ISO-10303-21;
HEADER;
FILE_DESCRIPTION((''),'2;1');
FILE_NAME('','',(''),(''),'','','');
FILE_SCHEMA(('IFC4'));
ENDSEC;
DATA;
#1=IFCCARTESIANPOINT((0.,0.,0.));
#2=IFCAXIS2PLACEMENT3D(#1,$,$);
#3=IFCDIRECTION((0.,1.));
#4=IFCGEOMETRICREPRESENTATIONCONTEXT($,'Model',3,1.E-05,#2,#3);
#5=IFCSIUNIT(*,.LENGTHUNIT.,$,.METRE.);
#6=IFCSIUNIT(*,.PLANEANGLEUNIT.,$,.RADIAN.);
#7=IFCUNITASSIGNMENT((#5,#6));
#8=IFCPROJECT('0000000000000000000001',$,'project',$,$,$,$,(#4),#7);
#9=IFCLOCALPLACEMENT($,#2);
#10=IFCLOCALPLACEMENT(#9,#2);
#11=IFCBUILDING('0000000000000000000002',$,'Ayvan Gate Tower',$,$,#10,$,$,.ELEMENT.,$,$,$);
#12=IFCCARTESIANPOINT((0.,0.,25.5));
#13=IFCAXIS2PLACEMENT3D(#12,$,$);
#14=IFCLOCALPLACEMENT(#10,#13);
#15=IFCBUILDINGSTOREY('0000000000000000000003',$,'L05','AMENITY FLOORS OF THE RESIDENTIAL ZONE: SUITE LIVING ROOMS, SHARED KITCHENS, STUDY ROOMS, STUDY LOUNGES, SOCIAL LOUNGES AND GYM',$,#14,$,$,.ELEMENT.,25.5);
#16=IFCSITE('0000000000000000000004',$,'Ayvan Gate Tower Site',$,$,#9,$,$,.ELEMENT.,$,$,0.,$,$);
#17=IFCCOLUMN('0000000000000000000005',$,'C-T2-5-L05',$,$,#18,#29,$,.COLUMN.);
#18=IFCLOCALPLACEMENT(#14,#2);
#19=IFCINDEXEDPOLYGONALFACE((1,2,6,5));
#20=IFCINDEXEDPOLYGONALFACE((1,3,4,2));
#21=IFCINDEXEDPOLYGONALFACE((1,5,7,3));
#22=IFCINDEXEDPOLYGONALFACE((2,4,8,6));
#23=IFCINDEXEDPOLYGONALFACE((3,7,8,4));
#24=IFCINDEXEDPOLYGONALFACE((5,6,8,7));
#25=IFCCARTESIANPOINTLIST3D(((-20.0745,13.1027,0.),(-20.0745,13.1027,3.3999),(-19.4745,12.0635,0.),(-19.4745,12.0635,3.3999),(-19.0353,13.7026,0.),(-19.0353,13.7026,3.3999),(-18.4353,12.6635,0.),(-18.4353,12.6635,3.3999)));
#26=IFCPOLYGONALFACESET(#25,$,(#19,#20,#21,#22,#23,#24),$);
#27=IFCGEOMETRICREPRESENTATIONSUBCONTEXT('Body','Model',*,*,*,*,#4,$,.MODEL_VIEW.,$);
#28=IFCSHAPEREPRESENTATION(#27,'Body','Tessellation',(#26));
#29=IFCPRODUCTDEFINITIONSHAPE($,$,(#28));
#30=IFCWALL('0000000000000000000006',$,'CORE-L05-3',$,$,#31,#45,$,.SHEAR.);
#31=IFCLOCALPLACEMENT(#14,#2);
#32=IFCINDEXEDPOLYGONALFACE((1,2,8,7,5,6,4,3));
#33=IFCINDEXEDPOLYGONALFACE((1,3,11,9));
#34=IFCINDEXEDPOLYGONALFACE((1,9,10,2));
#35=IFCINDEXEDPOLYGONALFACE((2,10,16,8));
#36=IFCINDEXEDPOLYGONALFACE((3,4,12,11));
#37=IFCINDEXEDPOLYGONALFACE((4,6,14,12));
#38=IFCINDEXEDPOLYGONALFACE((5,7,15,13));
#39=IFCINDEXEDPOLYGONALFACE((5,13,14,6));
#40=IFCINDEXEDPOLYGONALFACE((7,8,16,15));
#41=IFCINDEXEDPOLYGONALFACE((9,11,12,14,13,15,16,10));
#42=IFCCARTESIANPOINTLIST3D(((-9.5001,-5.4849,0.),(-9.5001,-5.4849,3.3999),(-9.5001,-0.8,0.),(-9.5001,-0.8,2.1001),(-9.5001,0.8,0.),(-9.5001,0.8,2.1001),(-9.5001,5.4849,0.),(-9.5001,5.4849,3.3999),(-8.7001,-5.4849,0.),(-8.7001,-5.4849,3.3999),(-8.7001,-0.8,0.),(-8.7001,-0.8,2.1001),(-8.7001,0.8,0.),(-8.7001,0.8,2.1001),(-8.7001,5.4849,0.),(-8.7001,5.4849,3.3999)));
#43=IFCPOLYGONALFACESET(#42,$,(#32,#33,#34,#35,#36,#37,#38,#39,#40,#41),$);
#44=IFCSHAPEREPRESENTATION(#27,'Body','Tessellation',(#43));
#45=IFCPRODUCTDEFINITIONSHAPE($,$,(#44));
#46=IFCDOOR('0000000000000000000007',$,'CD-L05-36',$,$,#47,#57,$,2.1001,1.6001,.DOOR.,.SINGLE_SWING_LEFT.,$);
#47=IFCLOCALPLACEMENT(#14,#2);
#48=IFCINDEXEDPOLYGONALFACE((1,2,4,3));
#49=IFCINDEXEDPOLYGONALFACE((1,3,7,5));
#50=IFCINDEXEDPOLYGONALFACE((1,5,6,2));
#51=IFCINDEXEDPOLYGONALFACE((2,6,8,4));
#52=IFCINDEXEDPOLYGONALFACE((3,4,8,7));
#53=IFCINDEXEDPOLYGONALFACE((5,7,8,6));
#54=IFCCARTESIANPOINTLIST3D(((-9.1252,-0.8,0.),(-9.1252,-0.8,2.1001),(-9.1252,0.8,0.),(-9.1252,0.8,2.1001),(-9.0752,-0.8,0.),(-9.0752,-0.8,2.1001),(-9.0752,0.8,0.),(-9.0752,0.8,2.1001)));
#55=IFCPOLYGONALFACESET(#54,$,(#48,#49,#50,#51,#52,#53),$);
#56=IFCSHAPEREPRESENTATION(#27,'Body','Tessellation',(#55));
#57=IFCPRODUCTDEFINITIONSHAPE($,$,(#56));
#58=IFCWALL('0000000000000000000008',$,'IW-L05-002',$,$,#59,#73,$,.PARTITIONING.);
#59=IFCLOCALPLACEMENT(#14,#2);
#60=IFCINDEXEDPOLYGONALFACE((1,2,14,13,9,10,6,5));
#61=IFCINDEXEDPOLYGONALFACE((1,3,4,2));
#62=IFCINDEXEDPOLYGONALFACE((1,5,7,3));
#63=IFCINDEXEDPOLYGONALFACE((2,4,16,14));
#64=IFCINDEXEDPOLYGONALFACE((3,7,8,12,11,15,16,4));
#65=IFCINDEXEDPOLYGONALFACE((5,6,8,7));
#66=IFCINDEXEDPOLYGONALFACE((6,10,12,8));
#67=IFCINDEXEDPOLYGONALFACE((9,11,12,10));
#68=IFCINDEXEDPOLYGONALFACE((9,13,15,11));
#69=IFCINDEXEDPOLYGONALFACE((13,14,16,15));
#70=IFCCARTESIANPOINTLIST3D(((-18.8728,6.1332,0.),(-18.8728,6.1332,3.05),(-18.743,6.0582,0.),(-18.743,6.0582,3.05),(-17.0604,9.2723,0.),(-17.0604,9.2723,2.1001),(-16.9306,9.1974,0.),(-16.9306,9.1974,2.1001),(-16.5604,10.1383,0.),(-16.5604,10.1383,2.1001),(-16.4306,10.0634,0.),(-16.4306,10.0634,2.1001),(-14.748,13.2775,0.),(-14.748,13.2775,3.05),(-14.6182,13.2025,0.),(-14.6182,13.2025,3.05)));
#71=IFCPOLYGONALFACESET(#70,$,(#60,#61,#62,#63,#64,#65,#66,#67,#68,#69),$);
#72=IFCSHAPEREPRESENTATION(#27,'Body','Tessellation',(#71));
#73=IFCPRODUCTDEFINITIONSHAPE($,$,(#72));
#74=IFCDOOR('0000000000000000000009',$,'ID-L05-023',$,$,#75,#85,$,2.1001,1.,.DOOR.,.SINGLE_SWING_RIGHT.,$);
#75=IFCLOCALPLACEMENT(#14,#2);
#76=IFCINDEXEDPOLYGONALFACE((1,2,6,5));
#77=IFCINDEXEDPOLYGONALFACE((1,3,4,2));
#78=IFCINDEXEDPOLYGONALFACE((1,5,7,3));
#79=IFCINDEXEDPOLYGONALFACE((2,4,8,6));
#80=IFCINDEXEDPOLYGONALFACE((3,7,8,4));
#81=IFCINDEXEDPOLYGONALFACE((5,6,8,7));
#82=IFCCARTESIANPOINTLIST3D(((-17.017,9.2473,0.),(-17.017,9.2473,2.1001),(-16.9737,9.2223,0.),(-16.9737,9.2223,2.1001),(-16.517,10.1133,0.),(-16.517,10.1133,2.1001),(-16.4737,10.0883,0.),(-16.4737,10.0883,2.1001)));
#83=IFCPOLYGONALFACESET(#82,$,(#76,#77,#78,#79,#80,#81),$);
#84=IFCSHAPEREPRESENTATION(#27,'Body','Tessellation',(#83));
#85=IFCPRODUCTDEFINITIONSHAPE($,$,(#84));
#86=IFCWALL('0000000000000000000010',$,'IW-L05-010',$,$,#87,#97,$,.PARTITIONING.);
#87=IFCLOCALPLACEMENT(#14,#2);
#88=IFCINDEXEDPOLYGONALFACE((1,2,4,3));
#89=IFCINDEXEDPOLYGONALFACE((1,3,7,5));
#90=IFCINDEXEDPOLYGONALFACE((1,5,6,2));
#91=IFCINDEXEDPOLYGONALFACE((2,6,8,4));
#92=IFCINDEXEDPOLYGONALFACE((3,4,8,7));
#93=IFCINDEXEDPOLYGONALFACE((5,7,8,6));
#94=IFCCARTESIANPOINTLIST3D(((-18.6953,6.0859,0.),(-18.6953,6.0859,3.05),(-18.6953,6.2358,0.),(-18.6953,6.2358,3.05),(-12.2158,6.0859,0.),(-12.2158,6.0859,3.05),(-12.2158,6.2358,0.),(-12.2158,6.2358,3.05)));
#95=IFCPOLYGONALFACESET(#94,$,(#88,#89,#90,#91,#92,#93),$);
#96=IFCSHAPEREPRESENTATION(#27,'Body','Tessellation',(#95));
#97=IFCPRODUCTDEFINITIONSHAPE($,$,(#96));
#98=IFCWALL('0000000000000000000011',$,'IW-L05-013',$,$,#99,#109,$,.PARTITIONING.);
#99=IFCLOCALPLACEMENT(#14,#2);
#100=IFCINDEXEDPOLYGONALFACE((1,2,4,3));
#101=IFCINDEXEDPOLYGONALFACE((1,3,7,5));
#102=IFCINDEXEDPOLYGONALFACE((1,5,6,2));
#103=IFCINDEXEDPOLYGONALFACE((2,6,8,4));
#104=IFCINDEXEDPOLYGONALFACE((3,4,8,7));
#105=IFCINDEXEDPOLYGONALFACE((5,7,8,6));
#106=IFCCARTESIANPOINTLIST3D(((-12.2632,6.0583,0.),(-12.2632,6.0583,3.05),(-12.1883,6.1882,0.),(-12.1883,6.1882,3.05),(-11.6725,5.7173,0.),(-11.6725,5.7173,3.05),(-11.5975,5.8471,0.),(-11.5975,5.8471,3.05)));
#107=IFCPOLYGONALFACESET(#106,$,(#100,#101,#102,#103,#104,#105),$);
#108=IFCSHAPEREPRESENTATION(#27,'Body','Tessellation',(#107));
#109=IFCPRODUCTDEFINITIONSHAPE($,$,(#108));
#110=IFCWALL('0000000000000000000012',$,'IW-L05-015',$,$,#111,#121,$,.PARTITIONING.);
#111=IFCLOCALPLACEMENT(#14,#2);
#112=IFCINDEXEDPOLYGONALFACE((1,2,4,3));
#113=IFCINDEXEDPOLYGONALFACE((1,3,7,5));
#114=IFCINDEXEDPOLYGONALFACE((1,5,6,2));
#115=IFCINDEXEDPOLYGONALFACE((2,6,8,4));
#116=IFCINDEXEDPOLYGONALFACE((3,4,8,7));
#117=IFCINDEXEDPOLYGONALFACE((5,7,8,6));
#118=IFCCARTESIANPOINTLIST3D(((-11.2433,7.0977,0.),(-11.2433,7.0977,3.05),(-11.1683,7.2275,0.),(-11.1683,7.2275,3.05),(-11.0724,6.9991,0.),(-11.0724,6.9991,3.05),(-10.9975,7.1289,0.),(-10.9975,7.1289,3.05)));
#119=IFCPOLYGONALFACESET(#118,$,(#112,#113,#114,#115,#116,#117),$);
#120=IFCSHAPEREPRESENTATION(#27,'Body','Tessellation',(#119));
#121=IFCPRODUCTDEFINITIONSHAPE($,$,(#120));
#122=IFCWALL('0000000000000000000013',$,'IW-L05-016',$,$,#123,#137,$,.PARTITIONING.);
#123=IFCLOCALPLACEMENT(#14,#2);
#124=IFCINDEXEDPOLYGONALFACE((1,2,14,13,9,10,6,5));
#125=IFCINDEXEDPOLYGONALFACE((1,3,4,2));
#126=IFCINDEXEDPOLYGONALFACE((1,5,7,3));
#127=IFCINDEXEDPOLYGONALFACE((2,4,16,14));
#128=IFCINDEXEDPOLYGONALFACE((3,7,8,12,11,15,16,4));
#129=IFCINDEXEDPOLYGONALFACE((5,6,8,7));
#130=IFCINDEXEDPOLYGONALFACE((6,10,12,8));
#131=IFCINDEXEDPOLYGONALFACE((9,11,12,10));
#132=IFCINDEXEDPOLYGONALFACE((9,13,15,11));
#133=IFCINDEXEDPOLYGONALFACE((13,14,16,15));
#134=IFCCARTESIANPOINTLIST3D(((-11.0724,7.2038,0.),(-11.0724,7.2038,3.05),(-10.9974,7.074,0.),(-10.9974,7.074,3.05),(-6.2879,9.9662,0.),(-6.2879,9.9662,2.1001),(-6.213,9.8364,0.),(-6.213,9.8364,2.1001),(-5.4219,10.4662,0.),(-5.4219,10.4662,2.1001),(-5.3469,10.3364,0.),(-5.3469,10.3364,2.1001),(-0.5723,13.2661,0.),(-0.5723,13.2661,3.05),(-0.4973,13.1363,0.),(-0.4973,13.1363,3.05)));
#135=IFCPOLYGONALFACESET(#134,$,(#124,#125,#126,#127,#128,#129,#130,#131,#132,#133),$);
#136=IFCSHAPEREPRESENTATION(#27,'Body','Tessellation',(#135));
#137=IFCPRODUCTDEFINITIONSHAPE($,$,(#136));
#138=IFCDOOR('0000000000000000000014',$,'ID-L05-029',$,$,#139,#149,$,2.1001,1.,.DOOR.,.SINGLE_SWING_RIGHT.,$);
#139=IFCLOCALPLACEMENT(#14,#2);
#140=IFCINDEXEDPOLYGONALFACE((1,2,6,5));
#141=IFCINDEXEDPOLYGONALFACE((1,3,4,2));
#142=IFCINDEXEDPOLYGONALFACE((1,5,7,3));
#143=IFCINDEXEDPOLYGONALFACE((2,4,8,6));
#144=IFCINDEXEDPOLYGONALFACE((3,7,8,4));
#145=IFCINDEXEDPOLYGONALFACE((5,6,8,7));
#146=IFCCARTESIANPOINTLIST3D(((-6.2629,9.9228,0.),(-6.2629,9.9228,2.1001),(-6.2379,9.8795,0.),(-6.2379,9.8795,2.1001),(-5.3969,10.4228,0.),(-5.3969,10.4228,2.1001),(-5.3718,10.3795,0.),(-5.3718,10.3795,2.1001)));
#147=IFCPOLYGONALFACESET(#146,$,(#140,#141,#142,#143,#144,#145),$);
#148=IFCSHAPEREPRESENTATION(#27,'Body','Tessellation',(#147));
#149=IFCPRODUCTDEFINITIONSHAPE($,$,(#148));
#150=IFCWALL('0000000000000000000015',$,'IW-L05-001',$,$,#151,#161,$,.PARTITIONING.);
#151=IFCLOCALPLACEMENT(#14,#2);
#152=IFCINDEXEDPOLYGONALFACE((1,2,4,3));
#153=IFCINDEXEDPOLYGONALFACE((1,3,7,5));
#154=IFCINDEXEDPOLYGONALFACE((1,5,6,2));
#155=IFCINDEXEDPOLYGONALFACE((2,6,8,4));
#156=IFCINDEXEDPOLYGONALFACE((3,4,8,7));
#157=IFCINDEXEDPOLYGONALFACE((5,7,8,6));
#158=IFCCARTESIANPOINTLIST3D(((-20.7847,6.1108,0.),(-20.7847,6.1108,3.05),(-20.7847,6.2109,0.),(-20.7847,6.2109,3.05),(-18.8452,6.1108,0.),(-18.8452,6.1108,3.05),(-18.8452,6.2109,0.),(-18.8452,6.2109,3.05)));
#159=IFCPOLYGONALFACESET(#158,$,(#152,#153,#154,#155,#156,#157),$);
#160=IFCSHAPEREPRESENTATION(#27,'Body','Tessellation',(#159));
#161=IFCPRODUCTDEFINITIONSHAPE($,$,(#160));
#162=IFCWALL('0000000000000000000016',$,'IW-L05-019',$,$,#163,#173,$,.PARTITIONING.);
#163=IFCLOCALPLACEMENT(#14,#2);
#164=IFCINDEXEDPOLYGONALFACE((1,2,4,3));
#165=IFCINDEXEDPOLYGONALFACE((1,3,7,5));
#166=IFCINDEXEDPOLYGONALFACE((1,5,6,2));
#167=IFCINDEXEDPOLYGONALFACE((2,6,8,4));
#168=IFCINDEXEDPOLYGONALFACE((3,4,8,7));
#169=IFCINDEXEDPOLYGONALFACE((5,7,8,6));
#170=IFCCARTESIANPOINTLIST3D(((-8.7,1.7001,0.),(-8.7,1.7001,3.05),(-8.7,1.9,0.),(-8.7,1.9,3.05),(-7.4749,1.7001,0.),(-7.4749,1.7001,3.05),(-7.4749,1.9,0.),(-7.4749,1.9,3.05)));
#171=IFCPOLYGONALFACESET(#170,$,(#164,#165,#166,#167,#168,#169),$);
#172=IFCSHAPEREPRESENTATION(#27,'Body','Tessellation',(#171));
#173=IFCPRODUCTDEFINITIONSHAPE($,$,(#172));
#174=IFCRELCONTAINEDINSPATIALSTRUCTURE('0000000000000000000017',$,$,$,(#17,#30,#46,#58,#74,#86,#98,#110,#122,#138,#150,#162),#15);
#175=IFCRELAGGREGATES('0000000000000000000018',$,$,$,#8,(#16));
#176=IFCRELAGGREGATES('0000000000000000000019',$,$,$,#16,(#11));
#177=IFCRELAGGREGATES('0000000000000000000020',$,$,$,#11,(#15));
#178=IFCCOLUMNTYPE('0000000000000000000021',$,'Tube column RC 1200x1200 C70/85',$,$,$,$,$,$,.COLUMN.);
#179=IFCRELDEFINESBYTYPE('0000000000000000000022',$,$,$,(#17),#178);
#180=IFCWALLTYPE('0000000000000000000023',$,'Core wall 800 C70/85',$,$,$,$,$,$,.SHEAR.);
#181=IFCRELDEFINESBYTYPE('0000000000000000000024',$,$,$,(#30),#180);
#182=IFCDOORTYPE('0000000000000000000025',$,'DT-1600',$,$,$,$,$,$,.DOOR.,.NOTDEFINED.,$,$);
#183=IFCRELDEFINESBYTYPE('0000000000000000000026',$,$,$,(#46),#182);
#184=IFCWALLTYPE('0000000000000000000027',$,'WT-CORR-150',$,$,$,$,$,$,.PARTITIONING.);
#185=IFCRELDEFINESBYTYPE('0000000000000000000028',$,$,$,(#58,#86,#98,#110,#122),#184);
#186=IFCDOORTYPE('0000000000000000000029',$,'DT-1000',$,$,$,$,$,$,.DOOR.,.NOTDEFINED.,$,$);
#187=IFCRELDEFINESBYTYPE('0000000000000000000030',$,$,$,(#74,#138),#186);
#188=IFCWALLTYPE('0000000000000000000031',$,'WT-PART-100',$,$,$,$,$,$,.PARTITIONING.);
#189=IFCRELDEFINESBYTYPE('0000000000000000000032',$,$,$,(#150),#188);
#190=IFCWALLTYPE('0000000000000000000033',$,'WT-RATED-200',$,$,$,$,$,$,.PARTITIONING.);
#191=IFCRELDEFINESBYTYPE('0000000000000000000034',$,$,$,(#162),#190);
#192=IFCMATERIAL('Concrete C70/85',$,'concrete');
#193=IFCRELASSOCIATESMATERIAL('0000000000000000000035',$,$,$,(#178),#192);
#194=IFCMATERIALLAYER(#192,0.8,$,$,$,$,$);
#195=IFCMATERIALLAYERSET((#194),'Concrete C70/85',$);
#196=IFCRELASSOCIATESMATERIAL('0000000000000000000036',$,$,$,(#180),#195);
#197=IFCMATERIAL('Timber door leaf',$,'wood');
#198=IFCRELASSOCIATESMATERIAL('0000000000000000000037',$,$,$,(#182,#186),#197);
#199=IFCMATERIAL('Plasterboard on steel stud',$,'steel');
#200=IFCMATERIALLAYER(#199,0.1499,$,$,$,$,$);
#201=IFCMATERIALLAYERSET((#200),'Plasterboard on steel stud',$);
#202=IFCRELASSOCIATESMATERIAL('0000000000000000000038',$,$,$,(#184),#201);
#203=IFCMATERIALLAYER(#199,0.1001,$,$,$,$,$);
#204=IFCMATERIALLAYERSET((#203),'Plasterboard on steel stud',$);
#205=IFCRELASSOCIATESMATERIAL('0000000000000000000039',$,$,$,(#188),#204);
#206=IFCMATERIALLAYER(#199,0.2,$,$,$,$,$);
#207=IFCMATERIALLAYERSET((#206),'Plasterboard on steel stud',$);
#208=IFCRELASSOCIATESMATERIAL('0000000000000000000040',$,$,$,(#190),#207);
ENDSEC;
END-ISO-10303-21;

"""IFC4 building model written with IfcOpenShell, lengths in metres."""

from ifc_helpers import new_model, si_unit, direction, frame, frame_2d, origin, origin_2d, place, context, subcontext, project, spatial, rectangle, extrude, material, layer, layer_set, material_profile, profile_set, type_object, element, fill, save


model = new_model("IFC4")

# Units and contexts
model_context = context("Model", 3, precision=1e-05, world=origin(), true_north=direction((0.0, 1.0)))
body_context = subcontext(model_context, "Body", "Model", "MODEL_VIEW")
ifc_project = project(units=[si_unit("LENGTHUNIT", "METRE"), si_unit("PLANEANGLEUNIT", "RADIAN")], contexts=[model_context])

# Site, building, storey
site_placement = place(None, origin())
site = spatial("IfcSite", under=ifc_project, at=site_placement, Name="Ayvan Gate Tower Site", CompositionType="ELEMENT", RefElevation=0.0)
building_placement = place(site_placement, origin())
building = spatial("IfcBuilding", under=site, at=building_placement, Name="Ayvan Gate Tower", CompositionType="ELEMENT")
storey_placement = place(building_placement, frame((0.0, 0.0, 25.5)))
storey = spatial("IfcBuildingStorey", under=building, at=storey_placement, Name="L05", Description="AMENITY FLOORS OF THE RESIDENTIAL ZONE: SUITE LIVING ROOMS, SHARED KITCHENS, STUDY ROOMS, STUDY LOUNGES, SOCIAL LOUNGES AND GYM", CompositionType="ELEMENT", Elevation=25.5)

# Column
ifc_material_1 = material(Name="Concrete C70/85", Category="concrete")
ifc_material_profile = material_profile(ifc_material_1, rectangle(XDim=1.2, YDim=1.2, at=origin_2d()), Name="RC 1200x1200")
ifc_profile_set = profile_set([ifc_material_profile], Name="Concrete C70/85")
column_type = type_object("IfcColumnType", Name="Tube column RC 1200x1200 C70/85", PredefinedType="COLUMN", material=ifc_profile_set)
column_placement = place(storey_placement, frame((-19.2549, 12.8831, 0.0), z_axis=(0.0, 0.0, 1.0), x_axis=(-0.5, 0.866025, 0.0)))
element("IfcColumn", 1, at=column_placement, inside=storey, type_object=column_type, Name="C-T2-5-L05", PredefinedType="COLUMN", context=body_context, shape_type="SweptSolid", body=[
    extrude(rectangle(XDim=1.2, YDim=1.2, at=origin_2d()), origin(), (0.0, 0.0, 1.0), 3.3999),
])

# Walls, openings, doors
ifc_layer_1 = layer(ifc_material_1, 0.8)
ifc_layer_set_1 = layer_set([ifc_layer_1], Name="Concrete C70/85")
wall_type_1 = type_object("IfcWallType", Name="Core wall 800 C70/85", PredefinedType="SHEAR", material=ifc_layer_set_1)
wall_1_placement = place(storey_placement, frame((-9.1001, 5.4849, 0.0), z_axis=(0.0, 0.0, 1.0), x_axis=(0.0, -1.0, 0.0)))
wall_1 = element("IfcWall", 2, at=wall_1_placement, inside=storey, type_object=wall_type_1, Name="CORE-L05-3", PredefinedType="SHEAR", context=body_context, shape_type="SweptSolid", body=[
    extrude(rectangle(XDim=10.9697, YDim=0.8, at=frame_2d((5.4849, 0.0))), origin(), (0.0, 0.0, 1.0), 3.3999),
])
opening_1_placement = place(wall_1_placement, frame((4.6848, 0.0, 0.0)))
opening_1 = element("IfcOpeningElement", 3, at=opening_1_placement, cuts=wall_1, PredefinedType="OPENING", context=body_context, shape_type="SweptSolid", body=[
    extrude(rectangle(XDim=1.6001, YDim=2.1001, at=frame_2d((0.8, 1.05))), frame((0.0, 0.4099, 0.0), z_axis=(0.0, -1.0, 0.0), x_axis=(1.0, 0.0, 0.0)), (0.0, 0.0, 1.0), 0.8201),
])
ifc_material_2 = material(Name="Timber door leaf", Category="wood")
door_type_1 = type_object("IfcDoorType", Name="DT-1600", OperationType="NOTDEFINED", PredefinedType="DOOR", material=ifc_material_2)
door_1_placement = place(opening_1_placement, origin())
door_1 = element("IfcDoor", 4, at=door_1_placement, inside=storey, type_object=door_type_1, Name="CD-L05-36", OperationType="SINGLE_SWING_LEFT", OverallHeight=2.1001, OverallWidth=1.6001, PredefinedType="DOOR", context=body_context, shape_type="SweptSolid", body=[
    extrude(rectangle(XDim=1.6001, YDim=2.1001, at=frame_2d((0.8, 1.05))), frame((0.0, 0.0249, 0.0), z_axis=(0.0, -1.0, 0.0), x_axis=(1.0, 0.0, 0.0)), (0.0, 0.0, 1.0), 0.05),
])
fill(opening_1, door_1)
ifc_material_3 = material(Name="Plasterboard on steel stud", Category="steel")
ifc_layer_2 = layer(ifc_material_3, 0.1499)
ifc_layer_set_2 = layer_set([ifc_layer_2], Name="Plasterboard on steel stud")
wall_type_2 = type_object("IfcWallType", Name="WT-CORR-150", PredefinedType="PARTITIONING", material=ifc_layer_set_2)
wall_2_placement = place(storey_placement, frame((-18.8079, 6.0957, 0.0), z_axis=(0.0, 0.0, 1.0), x_axis=(0.5, 0.866025, 0.0)))
wall_2 = element("IfcWall", 5, at=wall_2_placement, inside=storey, type_object=wall_type_2, Name="IW-L05-002", PredefinedType="PARTITIONING", context=body_context, shape_type="SweptSolid", body=[
    extrude(rectangle(XDim=8.2495, YDim=0.1499, at=frame_2d((4.1248, 0.0))), origin(), (0.0, 0.0, 1.0), 3.05),
])
opening_2_placement = place(wall_2_placement, frame((3.6248, 0.0, 0.0)))
opening_2 = element("IfcOpeningElement", 6, at=opening_2_placement, cuts=wall_2, PredefinedType="OPENING", context=body_context, shape_type="SweptSolid", body=[
    extrude(rectangle(XDim=1.0, YDim=2.1001, at=frame_2d((0.5, 1.05))), frame((0.0, 0.085, 0.0), z_axis=(0.0, -1.0, 0.0), x_axis=(1.0, 0.0, 0.0)), (0.0, 0.0, 1.0), 0.1699),
])
door_type_2 = type_object("IfcDoorType", Name="DT-1000", OperationType="NOTDEFINED", PredefinedType="DOOR", material=ifc_material_2)
door_2_placement = place(opening_2_placement, origin())
door_2 = element("IfcDoor", 7, at=door_2_placement, inside=storey, type_object=door_type_2, Name="ID-L05-023", OperationType="SINGLE_SWING_RIGHT", OverallHeight=2.1001, OverallWidth=1.0, PredefinedType="DOOR", context=body_context, shape_type="SweptSolid", body=[
    extrude(rectangle(XDim=1.0, YDim=2.1001, at=frame_2d((0.5, 1.05))), frame((0.0, 0.0249, 0.0), z_axis=(0.0, -1.0, 0.0), x_axis=(1.0, 0.0, 0.0)), (0.0, 0.0, 1.0), 0.05),
])
fill(opening_2, door_2)

# Walls
wall_3_placement = place(storey_placement, frame((-12.2158, 6.1609, 0.0), z_axis=(0.0, 0.0, 1.0), x_axis=(-1.0, 0.0, 0.0)))
element("IfcWall", 8, at=wall_3_placement, inside=storey, type_object=wall_type_2, Name="IW-L05-010", PredefinedType="PARTITIONING", context=body_context, shape_type="SweptSolid", body=[
    extrude(rectangle(XDim=6.4795, YDim=0.1499, at=frame_2d((3.2397, 0.0))), origin(), (0.0, 0.0, 1.0), 3.05),
])
wall_4_placement = place(storey_placement, frame((-11.635, 5.7822, 0.0), z_axis=(0.0, 0.0, 1.0), x_axis=(-0.866054, 0.49995, 0.0)))
element("IfcWall", 9, at=wall_4_placement, inside=storey, type_object=wall_type_2, Name="IW-L05-013", PredefinedType="PARTITIONING", context=body_context, shape_type="SweptSolid", body=[
    extrude(rectangle(XDim=0.6821, YDim=0.1499, at=frame_2d((0.3411, 0.0))), origin(), (0.0, 0.0, 1.0), 3.05),
])
wall_5_placement = place(storey_placement, frame((-11.2058, 7.1626, 0.0), z_axis=(0.0, 0.0, 1.0), x_axis=(0.866103, -0.499865, 0.0)))
element("IfcWall", 10, at=wall_5_placement, inside=storey, type_object=wall_type_2, Name="IW-L05-015", PredefinedType="PARTITIONING", context=body_context, shape_type="SweptSolid", body=[
    extrude(rectangle(XDim=0.1973, YDim=0.1499, at=frame_2d((0.0986, 0.0))), origin(), (0.0, 0.0, 1.0), 3.05),
])

# Wall, opening, door
wall_6_placement = place(storey_placement, frame((-11.0349, 7.1389, 0.0), z_axis=(0.0, 0.0, 1.0), x_axis=(0.866023, 0.500005, 0.0)))
wall_6 = element("IfcWall", 11, at=wall_6_placement, inside=storey, type_object=wall_type_2, Name="IW-L05-016", PredefinedType="PARTITIONING", context=body_context, shape_type="SweptSolid", body=[
    extrude(rectangle(XDim=12.1245, YDim=0.1499, at=frame_2d((6.0623, 0.0))), origin(), (0.0, 0.0, 1.0), 3.05),
])
opening_3_placement = place(wall_6_placement, frame((5.5247, 0.0, 0.0)))
opening_3 = element("IfcOpeningElement", 12, at=opening_3_placement, cuts=wall_6, PredefinedType="OPENING", context=body_context, shape_type="SweptSolid", body=[
    extrude(rectangle(XDim=1.0, YDim=2.1001, at=frame_2d((0.5, 1.05))), frame((0.0, 0.085, 0.0), z_axis=(0.0, -1.0, 0.0), x_axis=(1.0, 0.0, 0.0)), (0.0, 0.0, 1.0), 0.1699),
])
door_3_placement = place(opening_3_placement, origin())
door_3 = element("IfcDoor", 13, at=door_3_placement, inside=storey, type_object=door_type_2, Name="ID-L05-029", OperationType="SINGLE_SWING_RIGHT", OverallHeight=2.1001, OverallWidth=1.0, PredefinedType="DOOR", context=body_context, shape_type="SweptSolid", body=[
    extrude(rectangle(XDim=1.0, YDim=2.1001, at=frame_2d((0.5, 1.05))), frame((0.0, 0.0249, 0.0), z_axis=(0.0, -1.0, 0.0), x_axis=(1.0, 0.0, 0.0)), (0.0, 0.0, 1.0), 0.05),
])
fill(opening_3, door_3)

# Walls
ifc_layer_3 = layer(ifc_material_3, 0.1001)
ifc_layer_set_3 = layer_set([ifc_layer_3], Name="Plasterboard on steel stud")
wall_type_3 = type_object("IfcWallType", Name="WT-PART-100", PredefinedType="PARTITIONING", material=ifc_layer_set_3)
wall_7_placement = place(storey_placement, frame((-18.8452, 6.1609, 0.0), z_axis=(0.0, 0.0, 1.0), x_axis=(-1.0, 0.0, 0.0)))
element("IfcWall", 14, at=wall_7_placement, inside=storey, type_object=wall_type_3, Name="IW-L05-001", PredefinedType="PARTITIONING", context=body_context, shape_type="SweptSolid", body=[
    extrude(rectangle(XDim=1.9395, YDim=0.1001, at=frame_2d((0.9697, 0.0))), origin(), (0.0, 0.0, 1.0), 3.05),
])
ifc_layer_4 = layer(ifc_material_3, 0.2)
ifc_layer_set_4 = layer_set([ifc_layer_4], Name="Plasterboard on steel stud")
wall_type_4 = type_object("IfcWallType", Name="WT-RATED-200", PredefinedType="PARTITIONING", material=ifc_layer_set_4)
wall_8_placement = place(storey_placement, frame((-8.7, 1.8, 0.0), z_axis=(0.0, 0.0, 1.0), x_axis=(1.0, 0.0, 0.0)))
element("IfcWall", 15, at=wall_8_placement, inside=storey, type_object=wall_type_4, Name="IW-L05-019", PredefinedType="PARTITIONING", context=body_context, shape_type="SweptSolid", body=[
    extrude(rectangle(XDim=1.2251, YDim=0.2, at=frame_2d((0.6125, 0.0))), origin(), (0.0, 0.0, 1.0), 3.05),
])

save(model, "model.ifc")
